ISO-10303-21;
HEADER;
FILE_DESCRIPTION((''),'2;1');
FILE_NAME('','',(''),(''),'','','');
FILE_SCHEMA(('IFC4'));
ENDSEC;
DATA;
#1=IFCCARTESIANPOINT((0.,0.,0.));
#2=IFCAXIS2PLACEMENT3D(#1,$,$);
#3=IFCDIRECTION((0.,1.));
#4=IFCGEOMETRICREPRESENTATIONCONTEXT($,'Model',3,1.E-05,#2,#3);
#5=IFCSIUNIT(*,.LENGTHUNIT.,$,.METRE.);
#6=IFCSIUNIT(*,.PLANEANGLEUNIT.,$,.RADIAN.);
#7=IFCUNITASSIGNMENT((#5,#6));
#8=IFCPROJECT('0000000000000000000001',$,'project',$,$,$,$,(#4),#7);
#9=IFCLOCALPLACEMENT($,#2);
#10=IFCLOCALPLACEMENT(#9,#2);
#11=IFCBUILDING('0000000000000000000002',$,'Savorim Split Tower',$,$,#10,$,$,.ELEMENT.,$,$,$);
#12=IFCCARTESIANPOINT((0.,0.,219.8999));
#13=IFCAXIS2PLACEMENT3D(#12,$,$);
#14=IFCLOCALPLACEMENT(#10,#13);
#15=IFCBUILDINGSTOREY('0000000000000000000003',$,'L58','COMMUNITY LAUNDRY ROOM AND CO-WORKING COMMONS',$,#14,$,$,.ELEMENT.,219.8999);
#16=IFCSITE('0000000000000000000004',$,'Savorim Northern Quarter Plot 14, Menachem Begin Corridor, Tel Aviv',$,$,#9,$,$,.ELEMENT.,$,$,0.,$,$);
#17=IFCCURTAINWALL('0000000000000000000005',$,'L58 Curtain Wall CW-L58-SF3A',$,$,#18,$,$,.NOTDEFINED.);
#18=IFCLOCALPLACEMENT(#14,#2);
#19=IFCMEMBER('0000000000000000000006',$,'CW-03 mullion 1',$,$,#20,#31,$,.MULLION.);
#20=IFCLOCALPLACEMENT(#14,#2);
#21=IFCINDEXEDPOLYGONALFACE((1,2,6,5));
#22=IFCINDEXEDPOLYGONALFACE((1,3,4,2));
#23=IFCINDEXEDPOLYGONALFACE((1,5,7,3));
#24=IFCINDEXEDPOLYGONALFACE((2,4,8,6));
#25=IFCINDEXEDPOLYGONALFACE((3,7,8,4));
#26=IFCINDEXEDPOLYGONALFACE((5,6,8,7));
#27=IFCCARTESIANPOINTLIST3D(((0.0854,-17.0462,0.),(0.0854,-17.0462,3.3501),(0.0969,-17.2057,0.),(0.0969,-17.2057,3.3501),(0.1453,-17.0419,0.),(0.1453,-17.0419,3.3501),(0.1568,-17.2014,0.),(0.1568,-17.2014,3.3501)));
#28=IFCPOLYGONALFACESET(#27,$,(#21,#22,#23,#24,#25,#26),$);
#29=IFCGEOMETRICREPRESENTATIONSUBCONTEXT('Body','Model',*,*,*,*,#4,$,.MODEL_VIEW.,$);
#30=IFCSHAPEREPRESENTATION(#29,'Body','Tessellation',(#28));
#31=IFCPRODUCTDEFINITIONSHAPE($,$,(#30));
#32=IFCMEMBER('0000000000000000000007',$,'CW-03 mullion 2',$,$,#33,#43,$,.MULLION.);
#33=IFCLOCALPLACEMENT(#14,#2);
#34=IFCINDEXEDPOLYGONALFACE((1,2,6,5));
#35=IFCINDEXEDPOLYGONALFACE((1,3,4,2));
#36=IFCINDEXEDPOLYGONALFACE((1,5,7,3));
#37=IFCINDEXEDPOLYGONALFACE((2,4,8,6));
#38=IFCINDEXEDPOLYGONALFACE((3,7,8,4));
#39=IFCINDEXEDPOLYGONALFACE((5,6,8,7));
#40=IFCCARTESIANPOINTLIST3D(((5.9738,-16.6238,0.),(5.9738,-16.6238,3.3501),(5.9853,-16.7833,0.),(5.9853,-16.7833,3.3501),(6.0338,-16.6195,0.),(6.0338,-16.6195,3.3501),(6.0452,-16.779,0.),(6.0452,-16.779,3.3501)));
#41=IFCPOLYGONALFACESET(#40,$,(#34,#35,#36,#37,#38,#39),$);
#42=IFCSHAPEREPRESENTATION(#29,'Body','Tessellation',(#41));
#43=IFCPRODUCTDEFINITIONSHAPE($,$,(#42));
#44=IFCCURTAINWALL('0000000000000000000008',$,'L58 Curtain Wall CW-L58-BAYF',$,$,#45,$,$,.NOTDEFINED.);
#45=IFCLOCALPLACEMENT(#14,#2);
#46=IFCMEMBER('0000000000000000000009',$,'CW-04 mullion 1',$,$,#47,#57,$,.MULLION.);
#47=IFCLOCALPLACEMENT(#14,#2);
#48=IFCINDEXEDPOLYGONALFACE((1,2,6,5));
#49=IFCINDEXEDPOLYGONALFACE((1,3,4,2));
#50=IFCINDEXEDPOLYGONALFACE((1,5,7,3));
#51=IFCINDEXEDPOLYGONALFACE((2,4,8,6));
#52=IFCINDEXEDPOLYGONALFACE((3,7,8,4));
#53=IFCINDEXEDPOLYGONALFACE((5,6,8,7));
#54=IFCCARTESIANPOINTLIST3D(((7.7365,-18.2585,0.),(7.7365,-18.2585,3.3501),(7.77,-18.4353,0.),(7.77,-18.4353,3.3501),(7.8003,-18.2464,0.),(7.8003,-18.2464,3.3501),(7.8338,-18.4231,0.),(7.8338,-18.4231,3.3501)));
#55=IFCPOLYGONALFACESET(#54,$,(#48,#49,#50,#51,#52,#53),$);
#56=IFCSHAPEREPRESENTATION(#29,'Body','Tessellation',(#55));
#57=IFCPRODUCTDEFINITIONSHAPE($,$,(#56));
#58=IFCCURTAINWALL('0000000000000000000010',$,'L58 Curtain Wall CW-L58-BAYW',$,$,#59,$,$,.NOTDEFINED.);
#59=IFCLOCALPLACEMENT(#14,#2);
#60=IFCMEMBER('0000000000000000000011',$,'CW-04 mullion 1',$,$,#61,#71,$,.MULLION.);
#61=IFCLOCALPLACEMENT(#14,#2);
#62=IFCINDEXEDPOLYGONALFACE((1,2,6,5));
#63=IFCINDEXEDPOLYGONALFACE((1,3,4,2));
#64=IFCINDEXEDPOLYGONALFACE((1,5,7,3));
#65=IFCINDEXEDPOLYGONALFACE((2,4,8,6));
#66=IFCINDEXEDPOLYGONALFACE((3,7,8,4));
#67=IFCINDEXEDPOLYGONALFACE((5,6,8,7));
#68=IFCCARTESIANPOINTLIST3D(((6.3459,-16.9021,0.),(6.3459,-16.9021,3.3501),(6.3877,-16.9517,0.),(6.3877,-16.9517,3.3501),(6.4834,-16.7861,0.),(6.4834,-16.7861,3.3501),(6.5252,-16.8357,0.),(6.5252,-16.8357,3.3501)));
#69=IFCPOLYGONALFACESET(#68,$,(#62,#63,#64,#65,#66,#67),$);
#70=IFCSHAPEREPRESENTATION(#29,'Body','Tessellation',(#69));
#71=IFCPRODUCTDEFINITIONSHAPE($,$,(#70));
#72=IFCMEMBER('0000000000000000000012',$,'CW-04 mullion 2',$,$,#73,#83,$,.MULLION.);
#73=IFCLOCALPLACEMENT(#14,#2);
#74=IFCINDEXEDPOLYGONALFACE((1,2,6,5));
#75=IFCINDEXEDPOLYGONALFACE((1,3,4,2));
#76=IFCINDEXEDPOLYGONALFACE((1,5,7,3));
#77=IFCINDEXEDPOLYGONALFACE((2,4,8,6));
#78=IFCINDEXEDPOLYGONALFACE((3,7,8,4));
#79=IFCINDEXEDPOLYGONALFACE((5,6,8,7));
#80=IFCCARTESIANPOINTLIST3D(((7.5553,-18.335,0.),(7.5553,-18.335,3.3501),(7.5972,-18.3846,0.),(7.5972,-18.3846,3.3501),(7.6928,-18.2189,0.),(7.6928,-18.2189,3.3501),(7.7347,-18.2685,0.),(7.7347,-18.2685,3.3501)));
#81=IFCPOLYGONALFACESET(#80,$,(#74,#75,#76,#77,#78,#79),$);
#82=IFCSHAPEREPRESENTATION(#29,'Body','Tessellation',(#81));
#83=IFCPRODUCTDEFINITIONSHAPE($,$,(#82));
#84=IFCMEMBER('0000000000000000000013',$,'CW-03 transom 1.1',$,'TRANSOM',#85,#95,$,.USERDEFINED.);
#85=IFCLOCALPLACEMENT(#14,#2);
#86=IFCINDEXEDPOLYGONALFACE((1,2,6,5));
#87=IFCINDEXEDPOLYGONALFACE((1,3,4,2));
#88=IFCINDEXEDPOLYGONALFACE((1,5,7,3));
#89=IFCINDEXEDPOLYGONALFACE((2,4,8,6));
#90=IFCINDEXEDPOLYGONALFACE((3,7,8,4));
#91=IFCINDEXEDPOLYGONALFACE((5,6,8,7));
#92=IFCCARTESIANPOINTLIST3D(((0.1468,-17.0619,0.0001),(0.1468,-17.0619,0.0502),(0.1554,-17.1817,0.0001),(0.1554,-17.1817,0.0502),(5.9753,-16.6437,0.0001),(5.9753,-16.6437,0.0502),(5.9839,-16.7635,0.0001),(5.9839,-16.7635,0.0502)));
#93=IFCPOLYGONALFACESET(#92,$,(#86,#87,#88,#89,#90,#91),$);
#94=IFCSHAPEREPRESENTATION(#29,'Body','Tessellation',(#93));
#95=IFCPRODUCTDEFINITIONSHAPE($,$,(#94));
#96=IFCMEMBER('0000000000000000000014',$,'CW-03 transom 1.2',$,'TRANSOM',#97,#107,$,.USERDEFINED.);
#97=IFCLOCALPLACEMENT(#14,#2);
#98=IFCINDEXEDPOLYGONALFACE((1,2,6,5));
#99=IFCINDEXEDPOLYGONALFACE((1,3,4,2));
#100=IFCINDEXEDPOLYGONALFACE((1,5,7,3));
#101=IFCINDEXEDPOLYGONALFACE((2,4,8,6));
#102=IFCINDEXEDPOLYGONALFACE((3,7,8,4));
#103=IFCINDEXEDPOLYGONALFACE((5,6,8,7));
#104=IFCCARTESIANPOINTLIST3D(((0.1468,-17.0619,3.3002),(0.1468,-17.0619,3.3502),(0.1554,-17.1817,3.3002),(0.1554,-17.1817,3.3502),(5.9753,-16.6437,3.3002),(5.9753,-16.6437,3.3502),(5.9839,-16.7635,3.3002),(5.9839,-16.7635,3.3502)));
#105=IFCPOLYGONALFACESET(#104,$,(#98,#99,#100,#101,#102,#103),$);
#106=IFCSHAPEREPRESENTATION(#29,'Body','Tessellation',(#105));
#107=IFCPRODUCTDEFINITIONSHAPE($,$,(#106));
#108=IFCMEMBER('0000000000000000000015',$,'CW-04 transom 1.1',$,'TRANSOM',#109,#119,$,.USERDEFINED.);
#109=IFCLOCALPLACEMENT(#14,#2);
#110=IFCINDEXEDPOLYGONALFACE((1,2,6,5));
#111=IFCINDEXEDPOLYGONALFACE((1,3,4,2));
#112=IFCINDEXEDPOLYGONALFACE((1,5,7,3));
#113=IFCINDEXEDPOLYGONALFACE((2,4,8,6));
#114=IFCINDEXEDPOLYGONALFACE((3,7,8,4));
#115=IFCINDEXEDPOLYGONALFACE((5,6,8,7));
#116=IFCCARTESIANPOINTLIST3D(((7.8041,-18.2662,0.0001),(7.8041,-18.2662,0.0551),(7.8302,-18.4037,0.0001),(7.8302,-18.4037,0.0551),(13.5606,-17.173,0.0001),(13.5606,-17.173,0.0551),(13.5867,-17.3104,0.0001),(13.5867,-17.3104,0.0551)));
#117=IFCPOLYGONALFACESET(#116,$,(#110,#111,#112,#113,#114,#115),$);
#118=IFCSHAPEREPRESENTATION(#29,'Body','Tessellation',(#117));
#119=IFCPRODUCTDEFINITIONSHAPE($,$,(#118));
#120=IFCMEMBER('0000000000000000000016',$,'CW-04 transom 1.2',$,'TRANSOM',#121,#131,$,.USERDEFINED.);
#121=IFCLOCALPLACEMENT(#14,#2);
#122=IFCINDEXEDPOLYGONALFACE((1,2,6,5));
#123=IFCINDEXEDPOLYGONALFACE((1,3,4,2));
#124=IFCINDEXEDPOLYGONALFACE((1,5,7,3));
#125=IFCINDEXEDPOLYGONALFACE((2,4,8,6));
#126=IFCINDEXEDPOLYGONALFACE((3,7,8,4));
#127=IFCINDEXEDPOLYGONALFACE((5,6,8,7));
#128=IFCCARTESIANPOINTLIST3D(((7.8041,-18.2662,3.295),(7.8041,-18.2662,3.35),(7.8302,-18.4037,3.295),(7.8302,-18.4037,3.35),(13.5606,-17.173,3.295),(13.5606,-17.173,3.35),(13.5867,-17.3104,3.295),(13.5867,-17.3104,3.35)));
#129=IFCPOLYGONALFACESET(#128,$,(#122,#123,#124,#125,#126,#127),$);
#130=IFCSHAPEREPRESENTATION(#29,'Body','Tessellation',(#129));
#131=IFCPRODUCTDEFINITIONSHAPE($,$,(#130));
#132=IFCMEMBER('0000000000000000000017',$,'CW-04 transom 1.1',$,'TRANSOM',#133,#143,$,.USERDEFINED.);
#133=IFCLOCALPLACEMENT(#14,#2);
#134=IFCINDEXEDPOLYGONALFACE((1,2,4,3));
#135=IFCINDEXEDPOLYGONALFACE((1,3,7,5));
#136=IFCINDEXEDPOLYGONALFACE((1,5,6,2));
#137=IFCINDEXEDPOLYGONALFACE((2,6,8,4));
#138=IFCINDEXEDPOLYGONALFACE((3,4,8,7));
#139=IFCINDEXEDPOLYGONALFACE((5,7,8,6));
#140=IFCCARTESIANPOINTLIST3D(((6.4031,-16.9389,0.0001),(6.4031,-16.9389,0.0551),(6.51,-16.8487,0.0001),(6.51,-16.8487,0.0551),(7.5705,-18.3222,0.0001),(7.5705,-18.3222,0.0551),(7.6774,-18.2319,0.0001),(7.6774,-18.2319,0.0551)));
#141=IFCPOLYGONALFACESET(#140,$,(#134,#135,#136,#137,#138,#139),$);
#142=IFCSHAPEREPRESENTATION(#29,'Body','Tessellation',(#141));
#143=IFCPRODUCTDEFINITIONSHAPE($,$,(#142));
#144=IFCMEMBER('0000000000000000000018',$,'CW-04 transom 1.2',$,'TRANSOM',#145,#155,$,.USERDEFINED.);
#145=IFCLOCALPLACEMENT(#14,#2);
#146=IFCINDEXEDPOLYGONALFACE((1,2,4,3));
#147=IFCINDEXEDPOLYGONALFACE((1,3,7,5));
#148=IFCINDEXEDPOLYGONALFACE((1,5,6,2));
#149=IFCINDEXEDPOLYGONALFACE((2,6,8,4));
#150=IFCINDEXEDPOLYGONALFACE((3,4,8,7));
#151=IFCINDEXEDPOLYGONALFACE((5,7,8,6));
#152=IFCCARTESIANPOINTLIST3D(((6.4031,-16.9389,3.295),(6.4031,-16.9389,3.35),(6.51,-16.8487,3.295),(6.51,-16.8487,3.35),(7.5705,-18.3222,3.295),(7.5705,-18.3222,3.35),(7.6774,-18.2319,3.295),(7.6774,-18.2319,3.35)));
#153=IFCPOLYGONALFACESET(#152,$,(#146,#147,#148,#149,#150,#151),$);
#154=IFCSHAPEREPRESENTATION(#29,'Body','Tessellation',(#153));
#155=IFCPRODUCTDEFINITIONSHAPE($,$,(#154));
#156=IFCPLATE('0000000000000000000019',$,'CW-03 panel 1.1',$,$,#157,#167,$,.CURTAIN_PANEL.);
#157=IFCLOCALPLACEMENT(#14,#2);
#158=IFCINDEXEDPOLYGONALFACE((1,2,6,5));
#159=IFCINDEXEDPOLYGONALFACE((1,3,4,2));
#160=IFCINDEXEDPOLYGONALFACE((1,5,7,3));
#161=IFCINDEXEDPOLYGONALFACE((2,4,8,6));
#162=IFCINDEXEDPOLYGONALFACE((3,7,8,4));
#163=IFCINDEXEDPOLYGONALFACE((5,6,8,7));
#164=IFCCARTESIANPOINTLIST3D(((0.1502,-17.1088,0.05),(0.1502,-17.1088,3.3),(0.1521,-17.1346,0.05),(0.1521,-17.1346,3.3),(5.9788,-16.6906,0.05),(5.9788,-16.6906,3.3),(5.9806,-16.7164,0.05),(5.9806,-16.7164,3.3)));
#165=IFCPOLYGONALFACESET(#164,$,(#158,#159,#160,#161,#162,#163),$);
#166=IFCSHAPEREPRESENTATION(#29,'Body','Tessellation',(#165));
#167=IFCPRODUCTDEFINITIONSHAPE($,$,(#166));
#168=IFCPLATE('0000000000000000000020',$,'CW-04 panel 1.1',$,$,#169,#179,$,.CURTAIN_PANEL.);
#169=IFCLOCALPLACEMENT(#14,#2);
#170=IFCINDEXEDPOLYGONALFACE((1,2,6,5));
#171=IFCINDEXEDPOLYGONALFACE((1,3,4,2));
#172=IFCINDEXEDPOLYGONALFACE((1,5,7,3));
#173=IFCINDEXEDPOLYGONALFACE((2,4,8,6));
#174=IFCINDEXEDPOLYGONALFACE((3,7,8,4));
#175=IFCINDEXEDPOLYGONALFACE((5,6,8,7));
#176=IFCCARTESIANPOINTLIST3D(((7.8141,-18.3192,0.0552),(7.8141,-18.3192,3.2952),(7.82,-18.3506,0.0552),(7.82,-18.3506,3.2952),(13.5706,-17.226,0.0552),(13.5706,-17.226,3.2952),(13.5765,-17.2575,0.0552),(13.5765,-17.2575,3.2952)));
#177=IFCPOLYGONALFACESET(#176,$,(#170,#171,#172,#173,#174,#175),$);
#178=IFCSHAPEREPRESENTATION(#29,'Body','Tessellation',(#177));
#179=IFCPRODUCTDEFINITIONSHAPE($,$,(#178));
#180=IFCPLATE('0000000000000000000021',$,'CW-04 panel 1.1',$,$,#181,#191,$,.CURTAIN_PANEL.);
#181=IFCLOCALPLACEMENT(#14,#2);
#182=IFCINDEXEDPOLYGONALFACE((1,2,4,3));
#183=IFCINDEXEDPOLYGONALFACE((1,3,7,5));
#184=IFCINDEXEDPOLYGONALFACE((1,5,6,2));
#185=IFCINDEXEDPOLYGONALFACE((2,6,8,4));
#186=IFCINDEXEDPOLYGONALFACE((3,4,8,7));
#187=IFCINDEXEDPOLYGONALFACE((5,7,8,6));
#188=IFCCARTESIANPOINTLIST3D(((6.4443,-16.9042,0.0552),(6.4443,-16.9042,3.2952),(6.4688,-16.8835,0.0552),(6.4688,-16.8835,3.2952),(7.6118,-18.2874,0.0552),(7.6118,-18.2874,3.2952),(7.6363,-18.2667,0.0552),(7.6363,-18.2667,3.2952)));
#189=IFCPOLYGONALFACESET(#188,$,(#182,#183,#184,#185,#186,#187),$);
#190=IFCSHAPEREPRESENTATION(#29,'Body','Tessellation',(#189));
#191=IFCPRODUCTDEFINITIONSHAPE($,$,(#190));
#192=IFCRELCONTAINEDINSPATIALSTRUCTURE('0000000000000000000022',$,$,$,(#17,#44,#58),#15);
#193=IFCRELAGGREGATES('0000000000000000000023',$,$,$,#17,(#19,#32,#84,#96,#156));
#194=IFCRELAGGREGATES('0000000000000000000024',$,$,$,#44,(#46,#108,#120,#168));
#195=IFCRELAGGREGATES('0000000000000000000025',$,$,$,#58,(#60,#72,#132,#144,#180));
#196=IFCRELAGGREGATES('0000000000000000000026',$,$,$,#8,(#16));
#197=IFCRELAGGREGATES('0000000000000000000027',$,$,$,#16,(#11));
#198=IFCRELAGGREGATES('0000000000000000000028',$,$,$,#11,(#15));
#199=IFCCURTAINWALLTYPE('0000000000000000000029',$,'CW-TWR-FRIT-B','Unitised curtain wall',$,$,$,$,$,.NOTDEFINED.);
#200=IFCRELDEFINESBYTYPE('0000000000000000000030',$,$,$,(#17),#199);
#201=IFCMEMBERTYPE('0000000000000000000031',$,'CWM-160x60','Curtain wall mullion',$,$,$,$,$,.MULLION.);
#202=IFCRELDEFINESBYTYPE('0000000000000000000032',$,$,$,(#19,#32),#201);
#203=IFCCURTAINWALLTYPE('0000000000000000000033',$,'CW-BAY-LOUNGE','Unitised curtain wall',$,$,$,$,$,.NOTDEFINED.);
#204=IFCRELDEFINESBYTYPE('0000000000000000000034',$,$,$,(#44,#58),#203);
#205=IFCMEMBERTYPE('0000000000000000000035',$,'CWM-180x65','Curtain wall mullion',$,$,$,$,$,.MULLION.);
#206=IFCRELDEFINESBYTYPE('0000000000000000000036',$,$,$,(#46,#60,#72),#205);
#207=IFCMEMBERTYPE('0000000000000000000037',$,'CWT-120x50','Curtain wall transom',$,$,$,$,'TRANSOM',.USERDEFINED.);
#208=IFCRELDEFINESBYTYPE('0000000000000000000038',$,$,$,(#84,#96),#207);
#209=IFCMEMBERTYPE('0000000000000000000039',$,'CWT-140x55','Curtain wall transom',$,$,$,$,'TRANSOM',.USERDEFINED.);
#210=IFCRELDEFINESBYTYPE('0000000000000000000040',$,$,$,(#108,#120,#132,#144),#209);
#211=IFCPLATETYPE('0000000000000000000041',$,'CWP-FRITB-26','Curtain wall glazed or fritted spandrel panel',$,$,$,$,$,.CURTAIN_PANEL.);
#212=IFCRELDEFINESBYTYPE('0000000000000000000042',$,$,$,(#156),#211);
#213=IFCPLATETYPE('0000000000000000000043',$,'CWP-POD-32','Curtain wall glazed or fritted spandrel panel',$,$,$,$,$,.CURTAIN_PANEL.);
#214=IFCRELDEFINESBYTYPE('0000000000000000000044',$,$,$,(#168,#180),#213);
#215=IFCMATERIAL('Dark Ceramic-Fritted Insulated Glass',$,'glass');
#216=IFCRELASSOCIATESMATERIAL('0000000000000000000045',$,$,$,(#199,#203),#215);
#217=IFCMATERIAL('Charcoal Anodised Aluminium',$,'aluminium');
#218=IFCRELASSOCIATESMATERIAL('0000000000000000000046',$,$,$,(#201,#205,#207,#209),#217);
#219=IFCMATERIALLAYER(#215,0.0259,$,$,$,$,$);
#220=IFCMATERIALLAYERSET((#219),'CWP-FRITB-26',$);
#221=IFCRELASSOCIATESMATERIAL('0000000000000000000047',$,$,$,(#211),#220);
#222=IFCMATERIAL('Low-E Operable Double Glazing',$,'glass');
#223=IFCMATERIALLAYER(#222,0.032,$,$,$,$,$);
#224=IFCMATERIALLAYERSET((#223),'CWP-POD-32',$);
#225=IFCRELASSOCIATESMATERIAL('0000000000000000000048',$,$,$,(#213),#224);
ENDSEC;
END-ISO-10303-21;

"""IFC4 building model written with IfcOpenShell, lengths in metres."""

from ifc_helpers import new_model, si_unit, direction, frame, origin, origin_2d, place, context, subcontext, project, spatial, rectangle, extrude, material, layer, layer_set, material_profile, profile_set, type_object, element, aggregate, save


model = new_model("IFC4")

# Units and contexts
model_context = context("Model", 3, precision=1e-05, world=origin(), true_north=direction((0.0, 1.0)))
body_context = subcontext(model_context, "Body", "Model", "MODEL_VIEW")
ifc_project = project(units=[si_unit("LENGTHUNIT", "METRE"), si_unit("PLANEANGLEUNIT", "RADIAN")], contexts=[model_context])

# Site, building, storey
site_placement = place(None, origin())
site = spatial("IfcSite", under=ifc_project, at=site_placement, Name="Savorim Northern Quarter Plot 14, Menachem Begin Corridor, Tel Aviv", CompositionType="ELEMENT", RefElevation=0.0)
building_placement = place(site_placement, origin())
building = spatial("IfcBuilding", under=site, at=building_placement, Name="Savorim Split Tower", CompositionType="ELEMENT")
storey_placement = place(building_placement, frame((0.0, 0.0, 219.8999)))
storey = spatial("IfcBuildingStorey", under=building, at=storey_placement, Name="L58", Description="COMMUNITY LAUNDRY ROOM AND CO-WORKING COMMONS", CompositionType="ELEMENT", Elevation=219.8999)

# Curtain wall, members
ifc_material_1 = material(Name="Dark Ceramic-Fritted Insulated Glass", Category="glass")
curtain_wall_type_1 = type_object("IfcCurtainWallType", Name="CW-TWR-FRIT-B", Description="Unitised curtain wall", PredefinedType="NOTDEFINED", material=ifc_material_1)
curtain_wall_1_placement = place(storey_placement, origin())
curtain_wall_1 = element("IfcCurtainWall", 1, at=curtain_wall_1_placement, inside=storey, type_object=curtain_wall_type_1, Name="L58 Curtain Wall CW-L58-SF3A", PredefinedType="NOTDEFINED")
ifc_material_2 = material(Name="Charcoal Anodised Aluminium", Category="aluminium")
ifc_material_profile_1 = material_profile(ifc_material_2, rectangle(XDim=0.1599, YDim=0.0601, at=origin_2d()), Name="ALU-M 160x60")
ifc_profile_set_1 = profile_set([ifc_material_profile_1], Name="Charcoal Anodised Aluminium")
member_type_1 = type_object("IfcMemberType", Name="CWM-160x60", Description="Curtain wall mullion", PredefinedType="MULLION", material=ifc_profile_set_1)
member_1_placement = place(storey_placement, frame((0.1211, -17.1238, 0.0), z_axis=(0.0, 0.0, 1.0), x_axis=(-0.071568, 0.997436, 0.0)))
member_1 = element("IfcMember", 2, at=member_1_placement, type_object=member_type_1, Name="CW-03 mullion 1", PredefinedType="MULLION", context=body_context, shape_type="SweptSolid", body=[
    extrude(rectangle(XDim=0.1599, YDim=0.0601, at=origin_2d()), origin(), (0.0, 0.0, 1.0), 3.3501),
])
member_2_placement = place(storey_placement, frame((6.0095, -16.7014, 0.0), z_axis=(0.0, 0.0, 1.0), x_axis=(-0.071568, 0.997436, 0.0)))
member_2 = element("IfcMember", 3, at=member_2_placement, type_object=member_type_1, Name="CW-03 mullion 2", PredefinedType="MULLION", context=body_context, shape_type="SweptSolid", body=[
    extrude(rectangle(XDim=0.1599, YDim=0.0601, at=origin_2d()), origin(), (0.0, 0.0, 1.0), 3.3501),
])

# Curtain wall, member
curtain_wall_type_2 = type_object("IfcCurtainWallType", Name="CW-BAY-LOUNGE", Description="Unitised curtain wall", PredefinedType="NOTDEFINED", material=ifc_material_1)
curtain_wall_2_placement = place(storey_placement, origin())
curtain_wall_2 = element("IfcCurtainWall", 4, at=curtain_wall_2_placement, inside=storey, type_object=curtain_wall_type_2, Name="L58 Curtain Wall CW-L58-BAYF", PredefinedType="NOTDEFINED")
ifc_material_profile_2 = material_profile(ifc_material_2, rectangle(XDim=0.1799, YDim=0.0649, at=origin_2d()), Name="ALU-M 180x65")
ifc_profile_set_2 = profile_set([ifc_material_profile_2], Name="Charcoal Anodised Aluminium")
member_type_2 = type_object("IfcMemberType", Name="CWM-180x65", Description="Curtain wall mullion", PredefinedType="MULLION", material=ifc_profile_set_2)
member_3_placement = place(storey_placement, frame((7.7852, -18.3408, 0.0), z_axis=(0.0, 0.0, 1.0), x_axis=(-0.186567, 0.982442, 0.0)))
member_3 = element("IfcMember", 5, at=member_3_placement, type_object=member_type_2, Name="CW-04 mullion 1", PredefinedType="MULLION", context=body_context, shape_type="SweptSolid", body=[
    extrude(rectangle(XDim=0.1799, YDim=0.0649, at=origin_2d()), origin(), (0.0, 0.0, 1.0), 3.3501),
])

# Curtain wall, members
curtain_wall_3_placement = place(storey_placement, origin())
curtain_wall_3 = element("IfcCurtainWall", 6, at=curtain_wall_3_placement, inside=storey, type_object=curtain_wall_type_2, Name="L58 Curtain Wall CW-L58-BAYW", PredefinedType="NOTDEFINED")
member_4_placement = place(storey_placement, frame((6.4355, -16.8689, 0.0), z_axis=(0.0, 0.0, 1.0), x_axis=(0.764176, 0.645008, 0.0)))
member_4 = element("IfcMember", 7, at=member_4_placement, type_object=member_type_2, Name="CW-04 mullion 1", PredefinedType="MULLION", context=body_context, shape_type="SweptSolid", body=[
    extrude(rectangle(XDim=0.1799, YDim=0.0649, at=origin_2d()), origin(), (0.0, 0.0, 1.0), 3.3501),
])
member_5_placement = place(storey_placement, frame((7.645, -18.3018, 0.0), z_axis=(0.0, 0.0, 1.0), x_axis=(0.764176, 0.645008, 0.0)))
member_5 = element("IfcMember", 8, at=member_5_placement, type_object=member_type_2, Name="CW-04 mullion 2", PredefinedType="MULLION", context=body_context, shape_type="SweptSolid", body=[
    extrude(rectangle(XDim=0.1799, YDim=0.0649, at=origin_2d()), origin(), (0.0, 0.0, 1.0), 3.3501),
])

# Members
ifc_material_profile_3 = material_profile(ifc_material_2, rectangle(XDim=0.1201, YDim=0.05, at=origin_2d()), Name="ALU-T 120x50")
ifc_profile_set_3 = profile_set([ifc_material_profile_3], Name="Charcoal Anodised Aluminium")
member_type_3 = type_object("IfcMemberType", Name="CWT-120x50", Description="Curtain wall transom", ElementType="TRANSOM", PredefinedType="USERDEFINED", material=ifc_profile_set_3)
member_6_placement = place(storey_placement, frame((0.1511, -17.1218, 0.0251), z_axis=(0.997436, 0.071568, 0.0), x_axis=(-0.071568, 0.997436, 0.0)))
member_6 = element("IfcMember", 9, at=member_6_placement, type_object=member_type_3, Name="CW-03 transom 1.1", ObjectType="TRANSOM", PredefinedType="USERDEFINED", context=body_context, shape_type="SweptSolid", body=[
    extrude(rectangle(XDim=0.1201, YDim=0.05, at=origin_2d()), origin(), (0.0, 0.0, 1.0), 5.8435),
])
member_7_placement = place(storey_placement, frame((0.1511, -17.1218, 3.3252), z_axis=(0.997436, 0.071568, 0.0), x_axis=(-0.071568, 0.997436, 0.0)))
member_7 = element("IfcMember", 10, at=member_7_placement, type_object=member_type_3, Name="CW-03 transom 1.2", ObjectType="TRANSOM", PredefinedType="USERDEFINED", context=body_context, shape_type="SweptSolid", body=[
    extrude(rectangle(XDim=0.1201, YDim=0.05, at=origin_2d()), origin(), (0.0, 0.0, 1.0), 5.8435),
])
ifc_material_profile_4 = material_profile(ifc_material_2, rectangle(XDim=0.1399, YDim=0.0549, at=origin_2d()), Name="ALU-T 140x55")
ifc_profile_set_4 = profile_set([ifc_material_profile_4], Name="Charcoal Anodised Aluminium")
member_type_4 = type_object("IfcMemberType", Name="CWT-140x55", Description="Curtain wall transom", ElementType="TRANSOM", PredefinedType="USERDEFINED", material=ifc_profile_set_4)
member_8_placement = place(storey_placement, frame((7.8171, -18.335, 0.0276), z_axis=(0.98244, 0.18658, 0.0), x_axis=(-0.18658, 0.98244, 0.0)))
member_8 = element("IfcMember", 11, at=member_8_placement, type_object=member_type_4, Name="CW-04 transom 1.1", ObjectType="TRANSOM", PredefinedType="USERDEFINED", context=body_context, shape_type="SweptSolid", body=[
    extrude(rectangle(XDim=0.1399, YDim=0.0549, at=origin_2d()), origin(), (0.0, 0.0, 1.0), 5.8594),
])
member_9_placement = place(storey_placement, frame((7.8171, -18.335, 3.3225), z_axis=(0.98244, 0.18658, 0.0), x_axis=(-0.18658, 0.98244, 0.0)))
member_9 = element("IfcMember", 12, at=member_9_placement, type_object=member_type_4, Name="CW-04 transom 1.2", ObjectType="TRANSOM", PredefinedType="USERDEFINED", context=body_context, shape_type="SweptSolid", body=[
    extrude(rectangle(XDim=0.1399, YDim=0.0549, at=origin_2d()), origin(), (0.0, 0.0, 1.0), 5.8594),
])
member_10_placement = place(storey_placement, frame((6.4565, -16.8938, 0.0276), z_axis=(0.644974, -0.764204, 0.0), x_axis=(0.764204, 0.644974, 0.0)))
member_10 = element("IfcMember", 13, at=member_10_placement, type_object=member_type_4, Name="CW-04 transom 1.1", ObjectType="TRANSOM", PredefinedType="USERDEFINED", context=body_context, shape_type="SweptSolid", body=[
    extrude(rectangle(XDim=0.1399, YDim=0.0549, at=origin_2d()), origin(), (0.0, 0.0, 1.0), 1.8101),
])
member_11_placement = place(storey_placement, frame((6.4565, -16.8938, 3.3225), z_axis=(0.644974, -0.764204, 0.0), x_axis=(0.764204, 0.644974, 0.0)))
member_11 = element("IfcMember", 14, at=member_11_placement, type_object=member_type_4, Name="CW-04 transom 1.2", ObjectType="TRANSOM", PredefinedType="USERDEFINED", context=body_context, shape_type="SweptSolid", body=[
    extrude(rectangle(XDim=0.1399, YDim=0.0549, at=origin_2d()), origin(), (0.0, 0.0, 1.0), 1.8101),
])

# Plates
ifc_layer_1 = layer(ifc_material_1, 0.0259)
ifc_layer_set_1 = layer_set([ifc_layer_1], Name="CWP-FRITB-26")
plate_type_1 = type_object("IfcPlateType", Name="CWP-FRITB-26", Description="Curtain wall glazed or fritted spandrel panel", PredefinedType="CURTAIN_PANEL", material=ifc_layer_set_1)
plate_1_placement = place(storey_placement, frame((3.0654, -16.9126, 0.05), z_axis=(0.0, 0.0, 1.0), x_axis=(0.997436, 0.071568, 0.0)))
plate_1 = element("IfcPlate", 15, at=plate_1_placement, type_object=plate_type_1, Name="CW-03 panel 1.1", PredefinedType="CURTAIN_PANEL", context=body_context, shape_type="SweptSolid", body=[
    extrude(rectangle(XDim=5.8435, YDim=0.0259, at=origin_2d()), origin(), (0.0, 0.0, 1.0), 3.25),
])
aggregate(curtain_wall_1, [member_1, member_2, member_6, member_7, plate_1])
ifc_material_3 = material(Name="Low-E Operable Double Glazing", Category="glass")
ifc_layer_2 = layer(ifc_material_3, 0.032)
ifc_layer_set_2 = layer_set([ifc_layer_2], Name="CWP-POD-32")
plate_type_2 = type_object("IfcPlateType", Name="CWP-POD-32", Description="Curtain wall glazed or fritted spandrel panel", PredefinedType="CURTAIN_PANEL", material=ifc_layer_set_2)
plate_2_placement = place(storey_placement, frame((10.6953, -17.7883, 0.0552), z_axis=(0.0, 0.0, 1.0), x_axis=(0.982442, 0.186567, 0.0)))
plate_2 = element("IfcPlate", 16, at=plate_2_placement, type_object=plate_type_2, Name="CW-04 panel 1.1", PredefinedType="CURTAIN_PANEL", context=body_context, shape_type="SweptSolid", body=[
    extrude(rectangle(XDim=5.8594, YDim=0.032, at=origin_2d()), origin(), (0.0, 0.0, 1.0), 3.24),
])
aggregate(curtain_wall_2, [member_3, member_8, member_9, plate_2])
plate_3_placement = place(storey_placement, frame((7.0403, -17.5854, 0.0552), z_axis=(0.0, 0.0, 1.0), x_axis=(0.645008, -0.764176, 0.0)))
plate_3 = element("IfcPlate", 17, at=plate_3_placement, type_object=plate_type_2, Name="CW-04 panel 1.1", PredefinedType="CURTAIN_PANEL", context=body_context, shape_type="SweptSolid", body=[
    extrude(rectangle(XDim=1.8101, YDim=0.032, at=origin_2d()), origin(), (0.0, 0.0, 1.0), 3.24),
])
aggregate(curtain_wall_3, [member_4, member_5, member_10, member_11, plate_3])

save(model, "model.ifc")
